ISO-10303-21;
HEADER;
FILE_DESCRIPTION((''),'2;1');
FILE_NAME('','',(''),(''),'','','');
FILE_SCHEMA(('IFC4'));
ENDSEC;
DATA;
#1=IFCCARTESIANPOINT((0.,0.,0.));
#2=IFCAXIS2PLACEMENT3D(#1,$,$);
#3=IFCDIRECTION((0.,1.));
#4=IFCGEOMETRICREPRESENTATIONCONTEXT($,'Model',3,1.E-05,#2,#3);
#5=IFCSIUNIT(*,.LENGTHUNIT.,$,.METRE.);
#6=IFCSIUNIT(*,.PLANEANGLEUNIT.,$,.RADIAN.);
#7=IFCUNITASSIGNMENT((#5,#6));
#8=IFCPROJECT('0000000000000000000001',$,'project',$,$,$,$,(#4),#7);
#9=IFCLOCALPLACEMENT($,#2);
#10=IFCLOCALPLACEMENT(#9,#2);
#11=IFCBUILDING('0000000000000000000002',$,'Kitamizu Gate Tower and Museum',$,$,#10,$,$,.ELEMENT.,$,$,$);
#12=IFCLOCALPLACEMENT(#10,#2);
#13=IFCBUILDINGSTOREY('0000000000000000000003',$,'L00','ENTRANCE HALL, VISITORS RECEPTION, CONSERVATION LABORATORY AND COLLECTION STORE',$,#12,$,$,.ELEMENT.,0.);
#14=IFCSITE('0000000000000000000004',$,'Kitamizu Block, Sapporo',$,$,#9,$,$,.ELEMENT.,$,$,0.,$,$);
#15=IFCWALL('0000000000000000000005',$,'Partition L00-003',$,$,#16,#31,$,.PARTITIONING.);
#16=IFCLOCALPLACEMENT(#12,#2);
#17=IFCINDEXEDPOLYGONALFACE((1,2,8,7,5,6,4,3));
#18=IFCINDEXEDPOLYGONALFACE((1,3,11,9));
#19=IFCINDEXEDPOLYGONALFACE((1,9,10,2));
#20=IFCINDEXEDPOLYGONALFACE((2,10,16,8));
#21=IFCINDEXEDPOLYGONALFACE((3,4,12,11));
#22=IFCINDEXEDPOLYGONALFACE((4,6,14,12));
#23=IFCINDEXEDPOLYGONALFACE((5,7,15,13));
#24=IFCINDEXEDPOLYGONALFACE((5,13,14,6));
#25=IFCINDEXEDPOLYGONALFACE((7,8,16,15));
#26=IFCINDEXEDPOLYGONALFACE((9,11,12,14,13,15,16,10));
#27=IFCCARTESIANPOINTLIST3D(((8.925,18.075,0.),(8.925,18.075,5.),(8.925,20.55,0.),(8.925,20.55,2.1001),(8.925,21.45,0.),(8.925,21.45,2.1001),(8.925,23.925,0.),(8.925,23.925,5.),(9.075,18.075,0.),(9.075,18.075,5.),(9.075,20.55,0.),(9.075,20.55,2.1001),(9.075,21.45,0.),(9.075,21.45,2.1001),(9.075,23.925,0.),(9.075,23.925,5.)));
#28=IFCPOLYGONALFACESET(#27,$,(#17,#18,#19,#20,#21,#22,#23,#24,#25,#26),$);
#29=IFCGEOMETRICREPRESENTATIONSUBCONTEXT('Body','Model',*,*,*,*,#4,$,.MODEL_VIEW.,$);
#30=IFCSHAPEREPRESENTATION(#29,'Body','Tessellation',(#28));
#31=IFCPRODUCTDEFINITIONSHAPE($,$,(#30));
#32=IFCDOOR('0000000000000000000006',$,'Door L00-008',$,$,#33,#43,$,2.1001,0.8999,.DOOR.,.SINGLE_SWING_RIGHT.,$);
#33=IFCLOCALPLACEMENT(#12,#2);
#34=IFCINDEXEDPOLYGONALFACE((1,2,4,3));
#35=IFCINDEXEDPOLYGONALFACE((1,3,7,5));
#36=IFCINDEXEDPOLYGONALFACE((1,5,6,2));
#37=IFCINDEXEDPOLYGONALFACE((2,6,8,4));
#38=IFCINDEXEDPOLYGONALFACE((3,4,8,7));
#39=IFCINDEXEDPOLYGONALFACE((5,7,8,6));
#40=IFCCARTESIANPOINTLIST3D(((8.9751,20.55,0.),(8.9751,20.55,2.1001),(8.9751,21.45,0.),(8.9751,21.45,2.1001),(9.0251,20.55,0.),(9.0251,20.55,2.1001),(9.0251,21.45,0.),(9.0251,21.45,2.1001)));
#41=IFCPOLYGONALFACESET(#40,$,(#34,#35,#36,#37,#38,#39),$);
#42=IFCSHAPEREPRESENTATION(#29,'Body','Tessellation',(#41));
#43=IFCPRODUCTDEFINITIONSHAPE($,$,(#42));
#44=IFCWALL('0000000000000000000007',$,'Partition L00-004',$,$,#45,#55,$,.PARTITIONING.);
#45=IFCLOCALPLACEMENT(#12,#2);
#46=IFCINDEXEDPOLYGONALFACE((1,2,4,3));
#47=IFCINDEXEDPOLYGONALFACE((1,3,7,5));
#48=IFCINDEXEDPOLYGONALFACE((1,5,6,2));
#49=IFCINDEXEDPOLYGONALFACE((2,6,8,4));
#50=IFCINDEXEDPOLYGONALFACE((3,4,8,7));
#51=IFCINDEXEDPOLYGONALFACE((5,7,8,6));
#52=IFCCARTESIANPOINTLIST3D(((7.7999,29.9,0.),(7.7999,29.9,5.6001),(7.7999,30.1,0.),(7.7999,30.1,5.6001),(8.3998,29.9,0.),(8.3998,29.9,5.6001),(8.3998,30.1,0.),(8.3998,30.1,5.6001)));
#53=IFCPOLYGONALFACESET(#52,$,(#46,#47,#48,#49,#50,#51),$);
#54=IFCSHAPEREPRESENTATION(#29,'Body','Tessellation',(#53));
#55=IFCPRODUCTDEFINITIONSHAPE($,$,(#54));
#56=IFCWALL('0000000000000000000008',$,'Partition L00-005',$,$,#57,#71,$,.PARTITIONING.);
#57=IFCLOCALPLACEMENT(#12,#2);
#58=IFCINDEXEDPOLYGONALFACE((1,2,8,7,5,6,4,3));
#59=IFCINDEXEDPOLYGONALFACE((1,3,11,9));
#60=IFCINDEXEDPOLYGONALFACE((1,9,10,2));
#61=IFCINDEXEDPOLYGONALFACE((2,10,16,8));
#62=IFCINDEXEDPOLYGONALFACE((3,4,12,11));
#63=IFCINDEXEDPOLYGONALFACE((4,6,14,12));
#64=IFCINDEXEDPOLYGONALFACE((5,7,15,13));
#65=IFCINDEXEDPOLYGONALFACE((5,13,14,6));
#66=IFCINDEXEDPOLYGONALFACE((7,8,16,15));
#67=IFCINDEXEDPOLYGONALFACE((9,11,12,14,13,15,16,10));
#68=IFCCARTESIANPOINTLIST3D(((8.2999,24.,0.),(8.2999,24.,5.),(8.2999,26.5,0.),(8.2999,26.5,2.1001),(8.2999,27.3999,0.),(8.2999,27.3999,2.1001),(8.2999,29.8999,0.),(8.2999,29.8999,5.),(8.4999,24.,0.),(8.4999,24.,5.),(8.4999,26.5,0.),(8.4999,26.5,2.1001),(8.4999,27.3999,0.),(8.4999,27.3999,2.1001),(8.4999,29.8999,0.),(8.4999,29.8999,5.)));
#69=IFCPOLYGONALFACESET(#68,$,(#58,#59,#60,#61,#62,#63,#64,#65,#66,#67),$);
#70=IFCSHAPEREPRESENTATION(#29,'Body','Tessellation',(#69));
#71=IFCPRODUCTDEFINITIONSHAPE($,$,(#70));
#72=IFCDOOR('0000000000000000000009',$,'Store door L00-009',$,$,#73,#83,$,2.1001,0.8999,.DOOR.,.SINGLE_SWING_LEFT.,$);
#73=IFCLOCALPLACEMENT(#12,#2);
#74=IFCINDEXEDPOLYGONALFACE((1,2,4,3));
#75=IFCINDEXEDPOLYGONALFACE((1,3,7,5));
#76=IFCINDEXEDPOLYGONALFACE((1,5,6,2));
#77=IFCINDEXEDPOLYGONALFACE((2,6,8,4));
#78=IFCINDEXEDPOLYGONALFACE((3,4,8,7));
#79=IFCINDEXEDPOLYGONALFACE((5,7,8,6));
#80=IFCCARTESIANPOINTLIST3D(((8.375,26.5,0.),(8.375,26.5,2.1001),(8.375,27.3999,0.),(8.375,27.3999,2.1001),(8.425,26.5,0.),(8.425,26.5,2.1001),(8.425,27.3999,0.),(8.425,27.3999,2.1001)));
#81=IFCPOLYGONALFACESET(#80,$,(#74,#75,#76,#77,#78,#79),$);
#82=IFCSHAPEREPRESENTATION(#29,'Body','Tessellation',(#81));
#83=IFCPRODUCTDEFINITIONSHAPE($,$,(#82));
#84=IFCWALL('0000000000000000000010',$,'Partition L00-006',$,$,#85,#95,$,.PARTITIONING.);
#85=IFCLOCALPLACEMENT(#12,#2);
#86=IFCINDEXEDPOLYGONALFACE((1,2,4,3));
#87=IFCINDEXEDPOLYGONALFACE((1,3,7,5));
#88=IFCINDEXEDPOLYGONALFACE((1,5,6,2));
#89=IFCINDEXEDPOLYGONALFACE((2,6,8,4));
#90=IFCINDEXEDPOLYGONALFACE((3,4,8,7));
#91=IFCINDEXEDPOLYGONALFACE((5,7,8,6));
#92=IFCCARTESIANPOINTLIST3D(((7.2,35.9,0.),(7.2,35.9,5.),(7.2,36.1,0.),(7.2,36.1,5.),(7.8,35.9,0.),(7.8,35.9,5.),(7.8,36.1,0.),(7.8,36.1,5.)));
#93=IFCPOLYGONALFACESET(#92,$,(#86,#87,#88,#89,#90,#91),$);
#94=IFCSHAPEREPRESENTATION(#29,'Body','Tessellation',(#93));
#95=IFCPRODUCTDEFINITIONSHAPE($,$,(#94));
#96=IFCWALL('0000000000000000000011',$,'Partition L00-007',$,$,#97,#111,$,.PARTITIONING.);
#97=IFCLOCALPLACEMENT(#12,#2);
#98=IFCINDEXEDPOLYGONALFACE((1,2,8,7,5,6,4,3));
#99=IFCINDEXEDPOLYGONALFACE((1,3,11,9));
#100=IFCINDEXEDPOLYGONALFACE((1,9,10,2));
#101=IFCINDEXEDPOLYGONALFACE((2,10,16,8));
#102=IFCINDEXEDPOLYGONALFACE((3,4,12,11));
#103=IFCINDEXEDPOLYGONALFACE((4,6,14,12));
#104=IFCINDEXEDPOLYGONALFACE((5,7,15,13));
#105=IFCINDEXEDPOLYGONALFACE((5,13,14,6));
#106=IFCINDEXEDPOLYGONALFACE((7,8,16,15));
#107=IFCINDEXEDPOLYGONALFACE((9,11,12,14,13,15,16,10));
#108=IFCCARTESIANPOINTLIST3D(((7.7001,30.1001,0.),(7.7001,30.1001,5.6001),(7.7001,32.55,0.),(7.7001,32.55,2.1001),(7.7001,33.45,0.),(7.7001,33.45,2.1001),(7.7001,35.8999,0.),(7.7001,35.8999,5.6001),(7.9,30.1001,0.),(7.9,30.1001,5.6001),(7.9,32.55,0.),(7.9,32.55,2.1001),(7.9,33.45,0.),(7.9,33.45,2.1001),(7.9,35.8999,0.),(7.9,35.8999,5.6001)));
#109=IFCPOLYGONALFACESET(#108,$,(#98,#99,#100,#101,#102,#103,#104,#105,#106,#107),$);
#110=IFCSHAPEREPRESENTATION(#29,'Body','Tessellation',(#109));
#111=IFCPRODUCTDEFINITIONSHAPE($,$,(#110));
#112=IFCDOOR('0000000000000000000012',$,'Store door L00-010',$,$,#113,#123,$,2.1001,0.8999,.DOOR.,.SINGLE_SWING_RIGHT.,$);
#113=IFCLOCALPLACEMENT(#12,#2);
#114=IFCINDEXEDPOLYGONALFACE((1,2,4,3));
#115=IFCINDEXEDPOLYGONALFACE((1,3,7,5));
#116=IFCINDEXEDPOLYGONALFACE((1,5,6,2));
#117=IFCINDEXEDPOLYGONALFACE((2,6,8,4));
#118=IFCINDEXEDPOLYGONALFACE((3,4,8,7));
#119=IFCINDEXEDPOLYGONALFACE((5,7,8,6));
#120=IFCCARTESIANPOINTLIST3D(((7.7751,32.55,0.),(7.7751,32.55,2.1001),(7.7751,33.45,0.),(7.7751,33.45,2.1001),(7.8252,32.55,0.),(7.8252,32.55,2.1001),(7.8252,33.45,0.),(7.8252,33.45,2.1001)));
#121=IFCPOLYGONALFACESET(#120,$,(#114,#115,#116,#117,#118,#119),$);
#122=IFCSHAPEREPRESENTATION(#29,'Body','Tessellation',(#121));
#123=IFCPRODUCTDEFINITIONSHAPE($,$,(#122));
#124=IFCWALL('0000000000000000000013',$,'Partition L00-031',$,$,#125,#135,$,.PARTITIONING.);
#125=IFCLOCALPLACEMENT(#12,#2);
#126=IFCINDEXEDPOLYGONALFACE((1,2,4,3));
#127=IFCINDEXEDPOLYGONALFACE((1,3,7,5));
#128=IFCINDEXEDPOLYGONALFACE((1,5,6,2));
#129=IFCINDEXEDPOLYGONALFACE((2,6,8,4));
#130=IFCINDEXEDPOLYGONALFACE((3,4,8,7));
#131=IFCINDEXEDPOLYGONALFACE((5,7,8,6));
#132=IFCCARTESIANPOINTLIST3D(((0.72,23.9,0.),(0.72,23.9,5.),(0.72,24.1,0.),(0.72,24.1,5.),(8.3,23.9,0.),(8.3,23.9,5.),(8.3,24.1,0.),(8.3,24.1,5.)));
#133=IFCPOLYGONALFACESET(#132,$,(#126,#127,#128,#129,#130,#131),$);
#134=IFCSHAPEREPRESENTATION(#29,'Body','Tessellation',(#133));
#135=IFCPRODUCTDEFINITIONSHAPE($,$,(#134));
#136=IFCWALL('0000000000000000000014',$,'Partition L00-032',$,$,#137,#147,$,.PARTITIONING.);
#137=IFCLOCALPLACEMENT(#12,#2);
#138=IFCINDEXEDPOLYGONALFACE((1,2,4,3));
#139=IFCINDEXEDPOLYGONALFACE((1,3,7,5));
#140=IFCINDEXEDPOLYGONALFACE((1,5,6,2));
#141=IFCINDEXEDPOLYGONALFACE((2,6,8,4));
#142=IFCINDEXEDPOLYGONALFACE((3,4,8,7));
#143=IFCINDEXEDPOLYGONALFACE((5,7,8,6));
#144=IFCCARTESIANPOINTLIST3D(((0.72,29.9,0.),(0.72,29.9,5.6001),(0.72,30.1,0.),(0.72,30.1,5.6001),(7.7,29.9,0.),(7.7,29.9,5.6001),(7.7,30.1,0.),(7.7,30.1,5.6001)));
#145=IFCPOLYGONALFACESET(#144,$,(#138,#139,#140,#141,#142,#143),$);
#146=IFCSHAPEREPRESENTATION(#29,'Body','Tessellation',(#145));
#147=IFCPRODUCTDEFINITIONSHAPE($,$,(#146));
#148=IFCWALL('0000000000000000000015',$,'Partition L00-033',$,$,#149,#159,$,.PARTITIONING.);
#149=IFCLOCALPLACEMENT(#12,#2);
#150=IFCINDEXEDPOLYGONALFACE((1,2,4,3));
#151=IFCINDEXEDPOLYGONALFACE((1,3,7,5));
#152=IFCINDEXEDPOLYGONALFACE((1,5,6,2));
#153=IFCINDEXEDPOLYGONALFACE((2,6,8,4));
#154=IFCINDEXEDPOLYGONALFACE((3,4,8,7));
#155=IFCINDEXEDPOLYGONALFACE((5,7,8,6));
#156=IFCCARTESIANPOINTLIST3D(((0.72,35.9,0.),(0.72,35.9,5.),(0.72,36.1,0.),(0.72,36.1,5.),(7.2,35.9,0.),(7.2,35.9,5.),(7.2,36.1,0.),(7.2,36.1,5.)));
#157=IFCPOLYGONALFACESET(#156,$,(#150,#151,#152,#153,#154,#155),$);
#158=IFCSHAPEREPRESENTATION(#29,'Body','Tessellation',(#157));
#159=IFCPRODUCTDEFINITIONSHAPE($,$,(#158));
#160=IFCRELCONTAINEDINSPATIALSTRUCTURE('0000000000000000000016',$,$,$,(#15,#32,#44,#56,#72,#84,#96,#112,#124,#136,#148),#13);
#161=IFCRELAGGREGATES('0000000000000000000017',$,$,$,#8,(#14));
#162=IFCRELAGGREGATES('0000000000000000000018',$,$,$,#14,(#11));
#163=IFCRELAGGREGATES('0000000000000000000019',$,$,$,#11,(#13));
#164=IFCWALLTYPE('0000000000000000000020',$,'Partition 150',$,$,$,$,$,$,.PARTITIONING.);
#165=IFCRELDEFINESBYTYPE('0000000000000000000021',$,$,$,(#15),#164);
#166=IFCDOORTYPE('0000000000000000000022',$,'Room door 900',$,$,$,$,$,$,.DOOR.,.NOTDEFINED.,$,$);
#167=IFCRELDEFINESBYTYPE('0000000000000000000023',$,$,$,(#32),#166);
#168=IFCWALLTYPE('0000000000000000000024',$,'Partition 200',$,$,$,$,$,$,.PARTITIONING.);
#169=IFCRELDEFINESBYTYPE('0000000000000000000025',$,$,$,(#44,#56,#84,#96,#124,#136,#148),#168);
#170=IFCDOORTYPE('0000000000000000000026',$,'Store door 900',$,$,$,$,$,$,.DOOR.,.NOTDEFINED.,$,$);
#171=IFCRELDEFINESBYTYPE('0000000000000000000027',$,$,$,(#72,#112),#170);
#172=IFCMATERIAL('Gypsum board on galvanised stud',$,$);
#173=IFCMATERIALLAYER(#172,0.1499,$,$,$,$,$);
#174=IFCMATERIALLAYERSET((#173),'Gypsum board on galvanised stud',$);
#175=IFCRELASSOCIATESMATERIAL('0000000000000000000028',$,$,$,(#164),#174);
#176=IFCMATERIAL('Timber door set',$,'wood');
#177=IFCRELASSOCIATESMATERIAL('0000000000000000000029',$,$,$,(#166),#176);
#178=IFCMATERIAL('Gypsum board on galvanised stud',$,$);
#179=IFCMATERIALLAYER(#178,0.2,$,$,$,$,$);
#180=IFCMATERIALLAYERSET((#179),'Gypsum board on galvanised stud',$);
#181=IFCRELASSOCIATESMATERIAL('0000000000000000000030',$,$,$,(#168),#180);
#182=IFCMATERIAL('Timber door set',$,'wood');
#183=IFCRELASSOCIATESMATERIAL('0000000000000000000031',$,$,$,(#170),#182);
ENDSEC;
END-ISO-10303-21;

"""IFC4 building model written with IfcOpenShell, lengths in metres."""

from ifc_helpers import new_model, si_unit, direction, frame, frame_2d, origin, place, context, subcontext, project, spatial, rectangle, extrude, material, layer, layer_set, type_object, element, fill, save


model = new_model("IFC4")

# Units and contexts
model_context = context("Model", 3, precision=1e-05, world=origin(), true_north=direction((0.0, 1.0)))
body_context = subcontext(model_context, "Body", "Model", "MODEL_VIEW")
ifc_project = project(units=[si_unit("LENGTHUNIT", "METRE"), si_unit("PLANEANGLEUNIT", "RADIAN")], contexts=[model_context])

# Site, building, storey
site_placement = place(None, origin())
site = spatial("IfcSite", under=ifc_project, at=site_placement, Name="Kitamizu Block, Sapporo", CompositionType="ELEMENT", RefElevation=0.0)
building_placement = place(site_placement, origin())
building = spatial("IfcBuilding", under=site, at=building_placement, Name="Kitamizu Gate Tower and Museum", CompositionType="ELEMENT")
storey_placement = place(building_placement, origin())
storey = spatial("IfcBuildingStorey", under=building, at=storey_placement, Name="L00", Description="ENTRANCE HALL, VISITORS RECEPTION, CONSERVATION LABORATORY AND COLLECTION STORE", CompositionType="ELEMENT", Elevation=0.0)

# Shared definitions
ifc_material_1 = material(Name="Gypsum board on galvanised stud")
ifc_layer_1 = layer(ifc_material_1, 0.1499)
ifc_layer_set_1 = layer_set([ifc_layer_1], Name="Gypsum board on galvanised stud")
wall_type_1 = type_object("IfcWallType", Name="Partition 150", PredefinedType="PARTITIONING", material=ifc_layer_set_1)

# Wall, opening, door
wall_1_placement = place(storey_placement, frame((9.0, 23.925, 0.0), z_axis=(0.0, 0.0, 1.0), x_axis=(0.0, -1.0, 0.0)))
wall_1 = element("IfcWall", 1, at=wall_1_placement, inside=storey, type_object=wall_type_1, Name="Partition L00-003", PredefinedType="PARTITIONING", context=body_context, shape_type="SweptSolid", body=[
    extrude(rectangle(XDim=5.8501, YDim=0.1499, at=frame_2d((2.925, 0.0))), origin(), (0.0, 0.0, 1.0), 5.0),
])
opening_1_placement = place(wall_1_placement, frame((2.4751, 0.0, 0.0)))
opening_1 = element("IfcOpeningElement", 2, at=opening_1_placement, cuts=wall_1, PredefinedType="OPENING", context=body_context, shape_type="SweptSolid", body=[
    extrude(rectangle(XDim=0.8999, YDim=2.1001, at=frame_2d((0.45, 1.05))), frame((0.0, 0.085, 0.0), z_axis=(0.0, -1.0, 0.0), x_axis=(1.0, 0.0, 0.0)), (0.0, 0.0, 1.0), 0.1699),
])
ifc_material_2 = material(Name="Timber door set", Category="wood")
door_type_1 = type_object("IfcDoorType", Name="Room door 900", OperationType="NOTDEFINED", PredefinedType="DOOR", material=ifc_material_2)
door_1_placement = place(opening_1_placement, frame((0.8999, 0.0, 0.0), x_axis=(-1.0, 0.0, 0.0)))
door_1 = element("IfcDoor", 3, at=door_1_placement, inside=storey, type_object=door_type_1, Name="Door L00-008", OperationType="SINGLE_SWING_RIGHT", OverallHeight=2.1001, OverallWidth=0.8999, PredefinedType="DOOR", context=body_context, shape_type="SweptSolid", body=[
    extrude(rectangle(XDim=0.8999, YDim=2.1001, at=frame_2d((0.45, 1.05))), frame((0.0, 0.0249, 0.0), z_axis=(0.0, -1.0, 0.0), x_axis=(1.0, 0.0, 0.0)), (0.0, 0.0, 1.0), 0.05),
])
fill(opening_1, door_1)

# Wall
ifc_material_3 = material(Name="Gypsum board on galvanised stud")
ifc_layer_2 = layer(ifc_material_3, 0.2)
ifc_layer_set_2 = layer_set([ifc_layer_2], Name="Gypsum board on galvanised stud")
wall_type_2 = type_object("IfcWallType", Name="Partition 200", PredefinedType="PARTITIONING", material=ifc_layer_set_2)
wall_2_placement = place(storey_placement, frame((7.8, 30.0, 0.0), z_axis=(0.0, 0.0, 1.0), x_axis=(1.0, 0.0, 0.0)))
element("IfcWall", 4, at=wall_2_placement, inside=storey, type_object=wall_type_2, Name="Partition L00-004", PredefinedType="PARTITIONING", context=body_context, shape_type="SweptSolid", body=[
    extrude(rectangle(XDim=0.5999, YDim=0.2, at=frame_2d((0.2998, 0.0))), origin(), (0.0, 0.0, 1.0), 5.6001),
])

# Wall, opening, door
wall_3_placement = place(storey_placement, frame((8.3999, 29.8999, 0.0), z_axis=(0.0, 0.0, 1.0), x_axis=(0.0, -1.0, 0.0)))
wall_3 = element("IfcWall", 5, at=wall_3_placement, inside=storey, type_object=wall_type_2, Name="Partition L00-005", PredefinedType="PARTITIONING", context=body_context, shape_type="SweptSolid", body=[
    extrude(rectangle(XDim=5.8999, YDim=0.2, at=frame_2d((2.95, 0.0))), origin(), (0.0, 0.0, 1.0), 5.0),
])
opening_2_placement = place(wall_3_placement, frame((2.5, 0.0, 0.0)))
opening_2 = element("IfcOpeningElement", 6, at=opening_2_placement, cuts=wall_3, PredefinedType="OPENING", context=body_context, shape_type="SweptSolid", body=[
    extrude(rectangle(XDim=0.8999, YDim=2.1001, at=frame_2d((0.45, 1.05))), frame((0.0, 0.1099, 0.0), z_axis=(0.0, -1.0, 0.0), x_axis=(1.0, 0.0, 0.0)), (0.0, 0.0, 1.0), 0.22),
])
ifc_material_4 = material(Name="Timber door set", Category="wood")
door_type_2 = type_object("IfcDoorType", Name="Store door 900", OperationType="NOTDEFINED", PredefinedType="DOOR", material=ifc_material_4)
door_2_placement = place(opening_2_placement, frame((0.8999, 0.0, 0.0), x_axis=(-1.0, 0.0, 0.0)))
door_2 = element("IfcDoor", 7, at=door_2_placement, inside=storey, type_object=door_type_2, Name="Store door L00-009", OperationType="SINGLE_SWING_LEFT", OverallHeight=2.1001, OverallWidth=0.8999, PredefinedType="DOOR", context=body_context, shape_type="SweptSolid", body=[
    extrude(rectangle(XDim=0.8999, YDim=2.1001, at=frame_2d((0.45, 1.05))), frame((0.0, 0.0249, 0.0), z_axis=(0.0, -1.0, 0.0), x_axis=(1.0, 0.0, 0.0)), (0.0, 0.0, 1.0), 0.05),
])
fill(opening_2, door_2)

# Wall
wall_4_placement = place(storey_placement, frame((7.2, 36.0, 0.0), z_axis=(0.0, 0.0, 1.0), x_axis=(1.0, 0.0, 0.0)))
element("IfcWall", 8, at=wall_4_placement, inside=storey, type_object=wall_type_2, Name="Partition L00-006", PredefinedType="PARTITIONING", context=body_context, shape_type="SweptSolid", body=[
    extrude(rectangle(XDim=0.6001, YDim=0.2, at=frame_2d((0.3, 0.0))), origin(), (0.0, 0.0, 1.0), 5.0),
])

# Wall, opening, door
wall_5_placement = place(storey_placement, frame((7.8, 35.8999, 0.0), z_axis=(0.0, 0.0, 1.0), x_axis=(0.0, -1.0, 0.0)))
wall_5 = element("IfcWall", 9, at=wall_5_placement, inside=storey, type_object=wall_type_2, Name="Partition L00-007", PredefinedType="PARTITIONING", context=body_context, shape_type="SweptSolid", body=[
    extrude(rectangle(XDim=5.7998, YDim=0.2, at=frame_2d((2.8999, 0.0))), origin(), (0.0, 0.0, 1.0), 5.6001),
])
opening_3_placement = place(wall_5_placement, frame((2.45, 0.0, 0.0)))
opening_3 = element("IfcOpeningElement", 10, at=opening_3_placement, cuts=wall_5, PredefinedType="OPENING", context=body_context, shape_type="SweptSolid", body=[
    extrude(rectangle(XDim=0.8999, YDim=2.1001, at=frame_2d((0.45, 1.05))), frame((0.0, 0.1099, 0.0), z_axis=(0.0, -1.0, 0.0), x_axis=(1.0, 0.0, 0.0)), (0.0, 0.0, 1.0), 0.22),
])
door_3_placement = place(opening_3_placement, frame((0.8999, 0.0, 0.0), x_axis=(-1.0, 0.0, 0.0)))
door_3 = element("IfcDoor", 11, at=door_3_placement, inside=storey, type_object=door_type_2, Name="Store door L00-010", OperationType="SINGLE_SWING_RIGHT", OverallHeight=2.1001, OverallWidth=0.8999, PredefinedType="DOOR", context=body_context, shape_type="SweptSolid", body=[
    extrude(rectangle(XDim=0.8999, YDim=2.1001, at=frame_2d((0.45, 1.05))), frame((0.0, 0.0249, 0.0), z_axis=(0.0, -1.0, 0.0), x_axis=(1.0, 0.0, 0.0)), (0.0, 0.0, 1.0), 0.05),
])
fill(opening_3, door_3)

# Walls
wall_6_placement = place(storey_placement, frame((8.3, 24.0, 0.0), z_axis=(0.0, 0.0, 1.0), x_axis=(-1.0, 0.0, 0.0)))
element("IfcWall", 12, at=wall_6_placement, inside=storey, type_object=wall_type_2, Name="Partition L00-031", PredefinedType="PARTITIONING", context=body_context, shape_type="SweptSolid", body=[
    extrude(rectangle(XDim=7.5801, YDim=0.2, at=frame_2d((3.79, 0.0))), origin(), (0.0, 0.0, 1.0), 5.0),
])
wall_7_placement = place(storey_placement, frame((7.7, 30.0, 0.0), z_axis=(0.0, 0.0, 1.0), x_axis=(-1.0, 0.0, 0.0)))
element("IfcWall", 13, at=wall_7_placement, inside=storey, type_object=wall_type_2, Name="Partition L00-032", PredefinedType="PARTITIONING", context=body_context, shape_type="SweptSolid", body=[
    extrude(rectangle(XDim=6.98, YDim=0.2, at=frame_2d((3.49, 0.0))), origin(), (0.0, 0.0, 1.0), 5.6001),
])
wall_8_placement = place(storey_placement, frame((7.2, 36.0, 0.0), z_axis=(0.0, 0.0, 1.0), x_axis=(-1.0, 0.0, 0.0)))
element("IfcWall", 14, at=wall_8_placement, inside=storey, type_object=wall_type_2, Name="Partition L00-033", PredefinedType="PARTITIONING", context=body_context, shape_type="SweptSolid", body=[
    extrude(rectangle(XDim=6.48, YDim=0.2, at=frame_2d((3.24, 0.0))), origin(), (0.0, 0.0, 1.0), 5.0),
])

save(model, "model.ifc")
